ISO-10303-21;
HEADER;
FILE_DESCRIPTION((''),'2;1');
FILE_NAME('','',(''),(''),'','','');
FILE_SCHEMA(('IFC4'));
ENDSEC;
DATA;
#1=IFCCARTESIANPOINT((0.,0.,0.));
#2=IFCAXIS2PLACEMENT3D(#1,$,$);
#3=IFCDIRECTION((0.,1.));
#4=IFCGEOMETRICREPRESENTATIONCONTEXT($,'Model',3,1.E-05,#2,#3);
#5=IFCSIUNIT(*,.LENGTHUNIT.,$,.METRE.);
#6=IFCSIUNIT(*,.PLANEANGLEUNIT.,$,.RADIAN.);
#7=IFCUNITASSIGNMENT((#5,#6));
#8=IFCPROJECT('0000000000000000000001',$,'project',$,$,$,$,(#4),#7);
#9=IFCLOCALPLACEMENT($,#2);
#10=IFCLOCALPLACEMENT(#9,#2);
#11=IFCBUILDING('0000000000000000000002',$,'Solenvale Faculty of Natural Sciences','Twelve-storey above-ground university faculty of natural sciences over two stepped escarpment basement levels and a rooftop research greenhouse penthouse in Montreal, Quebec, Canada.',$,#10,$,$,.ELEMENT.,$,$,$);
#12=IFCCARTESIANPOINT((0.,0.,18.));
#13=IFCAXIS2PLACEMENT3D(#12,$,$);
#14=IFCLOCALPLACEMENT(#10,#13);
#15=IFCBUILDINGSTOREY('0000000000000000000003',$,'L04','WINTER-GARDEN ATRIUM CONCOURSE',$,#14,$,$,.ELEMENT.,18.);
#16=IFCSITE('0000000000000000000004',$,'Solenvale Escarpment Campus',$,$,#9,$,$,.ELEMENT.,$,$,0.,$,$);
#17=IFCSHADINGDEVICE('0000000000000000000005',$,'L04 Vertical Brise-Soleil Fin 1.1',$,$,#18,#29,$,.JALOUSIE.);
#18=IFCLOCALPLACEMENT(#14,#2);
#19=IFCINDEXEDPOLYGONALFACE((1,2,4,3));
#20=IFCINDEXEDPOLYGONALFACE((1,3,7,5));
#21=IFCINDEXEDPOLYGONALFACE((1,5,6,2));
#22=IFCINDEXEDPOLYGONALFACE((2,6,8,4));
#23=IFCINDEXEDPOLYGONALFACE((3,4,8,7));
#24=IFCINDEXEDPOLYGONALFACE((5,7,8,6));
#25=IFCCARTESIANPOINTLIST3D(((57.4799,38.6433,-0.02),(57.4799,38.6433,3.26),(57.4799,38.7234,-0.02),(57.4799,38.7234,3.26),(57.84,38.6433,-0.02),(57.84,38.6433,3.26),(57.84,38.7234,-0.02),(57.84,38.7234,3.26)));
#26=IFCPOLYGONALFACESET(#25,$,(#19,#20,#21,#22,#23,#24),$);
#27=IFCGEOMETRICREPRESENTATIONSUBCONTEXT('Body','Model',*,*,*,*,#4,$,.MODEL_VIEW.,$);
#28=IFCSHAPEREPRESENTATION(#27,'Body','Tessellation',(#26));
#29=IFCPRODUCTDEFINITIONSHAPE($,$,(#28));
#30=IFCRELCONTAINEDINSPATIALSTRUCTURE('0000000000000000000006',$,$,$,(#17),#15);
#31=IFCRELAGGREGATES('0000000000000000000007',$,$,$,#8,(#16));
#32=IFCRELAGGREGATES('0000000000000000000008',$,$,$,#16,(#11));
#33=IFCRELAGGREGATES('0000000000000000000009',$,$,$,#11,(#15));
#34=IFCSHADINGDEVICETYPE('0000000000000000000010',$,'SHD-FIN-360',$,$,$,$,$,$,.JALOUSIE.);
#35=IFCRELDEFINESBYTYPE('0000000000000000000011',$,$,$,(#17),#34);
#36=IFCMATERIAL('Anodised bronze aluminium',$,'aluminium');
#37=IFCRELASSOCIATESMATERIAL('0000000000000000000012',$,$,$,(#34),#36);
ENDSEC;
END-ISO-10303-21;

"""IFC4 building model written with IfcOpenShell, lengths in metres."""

from ifc_helpers import new_model, si_unit, direction, frame, origin, origin_2d, place, context, subcontext, project, spatial, rectangle, extrude, material, material_profile, profile_set, type_object, element, save


model = new_model("IFC4")

# Units and contexts
model_context = context("Model", 3, precision=1e-05, world=origin(), true_north=direction((0.0, 1.0)))
body_context = subcontext(model_context, "Body", "Model", "MODEL_VIEW")
ifc_project = project(units=[si_unit("LENGTHUNIT", "METRE"), si_unit("PLANEANGLEUNIT", "RADIAN")], contexts=[model_context])

# Site, building, storey
site_placement = place(None, origin())
site = spatial("IfcSite", under=ifc_project, at=site_placement, Name="Solenvale Escarpment Campus", CompositionType="ELEMENT", RefElevation=0.0)
building_placement = place(site_placement, origin())
building = spatial("IfcBuilding", under=site, at=building_placement, Name="Solenvale Faculty of Natural Sciences", Description="Twelve-storey above-ground university faculty of natural sciences over two stepped escarpment basement levels and a rooftop research greenhouse penthouse in Montreal, Quebec, Canada.", CompositionType="ELEMENT")
storey_placement = place(building_placement, frame((0.0, 0.0, 18.0)))
storey = spatial("IfcBuildingStorey", under=building, at=storey_placement, Name="L04", Description="WINTER-GARDEN ATRIUM CONCOURSE", CompositionType="ELEMENT", Elevation=18.0)

# Shared definitions
ifc_material_1 = material(Name="Anodised bronze aluminium", Category="aluminium")

# Shading device
ifc_material_profile_1 = material_profile(ifc_material_1, rectangle(XDim=0.0801, YDim=0.3601, at=origin_2d()), Name="ALU-FIN-80x360")
ifc_profile_set_1 = profile_set([ifc_material_profile_1], Name="Anodised bronze aluminium")
shading_device_type = type_object("IfcShadingDeviceType", Name="SHD-FIN-360", PredefinedType="JALOUSIE", material=ifc_profile_set_1)
shading_device_placement = place(storey_placement, frame((57.6599, 38.6833, -0.02), z_axis=(0.0, 0.0, 1.0), x_axis=(0.0, 1.0, 0.0)))
element("IfcShadingDevice", 1, at=shading_device_placement, inside=storey, type_object=shading_device_type, Name="L04 Vertical Brise-Soleil Fin 1.1", PredefinedType="JALOUSIE", context=body_context, shape_type="SweptSolid", body=[
    extrude(rectangle(XDim=0.0801, YDim=0.3601, at=origin_2d()), origin(), (0.0, 0.0, 1.0), 3.28),
])

save(model, "model.ifc")
